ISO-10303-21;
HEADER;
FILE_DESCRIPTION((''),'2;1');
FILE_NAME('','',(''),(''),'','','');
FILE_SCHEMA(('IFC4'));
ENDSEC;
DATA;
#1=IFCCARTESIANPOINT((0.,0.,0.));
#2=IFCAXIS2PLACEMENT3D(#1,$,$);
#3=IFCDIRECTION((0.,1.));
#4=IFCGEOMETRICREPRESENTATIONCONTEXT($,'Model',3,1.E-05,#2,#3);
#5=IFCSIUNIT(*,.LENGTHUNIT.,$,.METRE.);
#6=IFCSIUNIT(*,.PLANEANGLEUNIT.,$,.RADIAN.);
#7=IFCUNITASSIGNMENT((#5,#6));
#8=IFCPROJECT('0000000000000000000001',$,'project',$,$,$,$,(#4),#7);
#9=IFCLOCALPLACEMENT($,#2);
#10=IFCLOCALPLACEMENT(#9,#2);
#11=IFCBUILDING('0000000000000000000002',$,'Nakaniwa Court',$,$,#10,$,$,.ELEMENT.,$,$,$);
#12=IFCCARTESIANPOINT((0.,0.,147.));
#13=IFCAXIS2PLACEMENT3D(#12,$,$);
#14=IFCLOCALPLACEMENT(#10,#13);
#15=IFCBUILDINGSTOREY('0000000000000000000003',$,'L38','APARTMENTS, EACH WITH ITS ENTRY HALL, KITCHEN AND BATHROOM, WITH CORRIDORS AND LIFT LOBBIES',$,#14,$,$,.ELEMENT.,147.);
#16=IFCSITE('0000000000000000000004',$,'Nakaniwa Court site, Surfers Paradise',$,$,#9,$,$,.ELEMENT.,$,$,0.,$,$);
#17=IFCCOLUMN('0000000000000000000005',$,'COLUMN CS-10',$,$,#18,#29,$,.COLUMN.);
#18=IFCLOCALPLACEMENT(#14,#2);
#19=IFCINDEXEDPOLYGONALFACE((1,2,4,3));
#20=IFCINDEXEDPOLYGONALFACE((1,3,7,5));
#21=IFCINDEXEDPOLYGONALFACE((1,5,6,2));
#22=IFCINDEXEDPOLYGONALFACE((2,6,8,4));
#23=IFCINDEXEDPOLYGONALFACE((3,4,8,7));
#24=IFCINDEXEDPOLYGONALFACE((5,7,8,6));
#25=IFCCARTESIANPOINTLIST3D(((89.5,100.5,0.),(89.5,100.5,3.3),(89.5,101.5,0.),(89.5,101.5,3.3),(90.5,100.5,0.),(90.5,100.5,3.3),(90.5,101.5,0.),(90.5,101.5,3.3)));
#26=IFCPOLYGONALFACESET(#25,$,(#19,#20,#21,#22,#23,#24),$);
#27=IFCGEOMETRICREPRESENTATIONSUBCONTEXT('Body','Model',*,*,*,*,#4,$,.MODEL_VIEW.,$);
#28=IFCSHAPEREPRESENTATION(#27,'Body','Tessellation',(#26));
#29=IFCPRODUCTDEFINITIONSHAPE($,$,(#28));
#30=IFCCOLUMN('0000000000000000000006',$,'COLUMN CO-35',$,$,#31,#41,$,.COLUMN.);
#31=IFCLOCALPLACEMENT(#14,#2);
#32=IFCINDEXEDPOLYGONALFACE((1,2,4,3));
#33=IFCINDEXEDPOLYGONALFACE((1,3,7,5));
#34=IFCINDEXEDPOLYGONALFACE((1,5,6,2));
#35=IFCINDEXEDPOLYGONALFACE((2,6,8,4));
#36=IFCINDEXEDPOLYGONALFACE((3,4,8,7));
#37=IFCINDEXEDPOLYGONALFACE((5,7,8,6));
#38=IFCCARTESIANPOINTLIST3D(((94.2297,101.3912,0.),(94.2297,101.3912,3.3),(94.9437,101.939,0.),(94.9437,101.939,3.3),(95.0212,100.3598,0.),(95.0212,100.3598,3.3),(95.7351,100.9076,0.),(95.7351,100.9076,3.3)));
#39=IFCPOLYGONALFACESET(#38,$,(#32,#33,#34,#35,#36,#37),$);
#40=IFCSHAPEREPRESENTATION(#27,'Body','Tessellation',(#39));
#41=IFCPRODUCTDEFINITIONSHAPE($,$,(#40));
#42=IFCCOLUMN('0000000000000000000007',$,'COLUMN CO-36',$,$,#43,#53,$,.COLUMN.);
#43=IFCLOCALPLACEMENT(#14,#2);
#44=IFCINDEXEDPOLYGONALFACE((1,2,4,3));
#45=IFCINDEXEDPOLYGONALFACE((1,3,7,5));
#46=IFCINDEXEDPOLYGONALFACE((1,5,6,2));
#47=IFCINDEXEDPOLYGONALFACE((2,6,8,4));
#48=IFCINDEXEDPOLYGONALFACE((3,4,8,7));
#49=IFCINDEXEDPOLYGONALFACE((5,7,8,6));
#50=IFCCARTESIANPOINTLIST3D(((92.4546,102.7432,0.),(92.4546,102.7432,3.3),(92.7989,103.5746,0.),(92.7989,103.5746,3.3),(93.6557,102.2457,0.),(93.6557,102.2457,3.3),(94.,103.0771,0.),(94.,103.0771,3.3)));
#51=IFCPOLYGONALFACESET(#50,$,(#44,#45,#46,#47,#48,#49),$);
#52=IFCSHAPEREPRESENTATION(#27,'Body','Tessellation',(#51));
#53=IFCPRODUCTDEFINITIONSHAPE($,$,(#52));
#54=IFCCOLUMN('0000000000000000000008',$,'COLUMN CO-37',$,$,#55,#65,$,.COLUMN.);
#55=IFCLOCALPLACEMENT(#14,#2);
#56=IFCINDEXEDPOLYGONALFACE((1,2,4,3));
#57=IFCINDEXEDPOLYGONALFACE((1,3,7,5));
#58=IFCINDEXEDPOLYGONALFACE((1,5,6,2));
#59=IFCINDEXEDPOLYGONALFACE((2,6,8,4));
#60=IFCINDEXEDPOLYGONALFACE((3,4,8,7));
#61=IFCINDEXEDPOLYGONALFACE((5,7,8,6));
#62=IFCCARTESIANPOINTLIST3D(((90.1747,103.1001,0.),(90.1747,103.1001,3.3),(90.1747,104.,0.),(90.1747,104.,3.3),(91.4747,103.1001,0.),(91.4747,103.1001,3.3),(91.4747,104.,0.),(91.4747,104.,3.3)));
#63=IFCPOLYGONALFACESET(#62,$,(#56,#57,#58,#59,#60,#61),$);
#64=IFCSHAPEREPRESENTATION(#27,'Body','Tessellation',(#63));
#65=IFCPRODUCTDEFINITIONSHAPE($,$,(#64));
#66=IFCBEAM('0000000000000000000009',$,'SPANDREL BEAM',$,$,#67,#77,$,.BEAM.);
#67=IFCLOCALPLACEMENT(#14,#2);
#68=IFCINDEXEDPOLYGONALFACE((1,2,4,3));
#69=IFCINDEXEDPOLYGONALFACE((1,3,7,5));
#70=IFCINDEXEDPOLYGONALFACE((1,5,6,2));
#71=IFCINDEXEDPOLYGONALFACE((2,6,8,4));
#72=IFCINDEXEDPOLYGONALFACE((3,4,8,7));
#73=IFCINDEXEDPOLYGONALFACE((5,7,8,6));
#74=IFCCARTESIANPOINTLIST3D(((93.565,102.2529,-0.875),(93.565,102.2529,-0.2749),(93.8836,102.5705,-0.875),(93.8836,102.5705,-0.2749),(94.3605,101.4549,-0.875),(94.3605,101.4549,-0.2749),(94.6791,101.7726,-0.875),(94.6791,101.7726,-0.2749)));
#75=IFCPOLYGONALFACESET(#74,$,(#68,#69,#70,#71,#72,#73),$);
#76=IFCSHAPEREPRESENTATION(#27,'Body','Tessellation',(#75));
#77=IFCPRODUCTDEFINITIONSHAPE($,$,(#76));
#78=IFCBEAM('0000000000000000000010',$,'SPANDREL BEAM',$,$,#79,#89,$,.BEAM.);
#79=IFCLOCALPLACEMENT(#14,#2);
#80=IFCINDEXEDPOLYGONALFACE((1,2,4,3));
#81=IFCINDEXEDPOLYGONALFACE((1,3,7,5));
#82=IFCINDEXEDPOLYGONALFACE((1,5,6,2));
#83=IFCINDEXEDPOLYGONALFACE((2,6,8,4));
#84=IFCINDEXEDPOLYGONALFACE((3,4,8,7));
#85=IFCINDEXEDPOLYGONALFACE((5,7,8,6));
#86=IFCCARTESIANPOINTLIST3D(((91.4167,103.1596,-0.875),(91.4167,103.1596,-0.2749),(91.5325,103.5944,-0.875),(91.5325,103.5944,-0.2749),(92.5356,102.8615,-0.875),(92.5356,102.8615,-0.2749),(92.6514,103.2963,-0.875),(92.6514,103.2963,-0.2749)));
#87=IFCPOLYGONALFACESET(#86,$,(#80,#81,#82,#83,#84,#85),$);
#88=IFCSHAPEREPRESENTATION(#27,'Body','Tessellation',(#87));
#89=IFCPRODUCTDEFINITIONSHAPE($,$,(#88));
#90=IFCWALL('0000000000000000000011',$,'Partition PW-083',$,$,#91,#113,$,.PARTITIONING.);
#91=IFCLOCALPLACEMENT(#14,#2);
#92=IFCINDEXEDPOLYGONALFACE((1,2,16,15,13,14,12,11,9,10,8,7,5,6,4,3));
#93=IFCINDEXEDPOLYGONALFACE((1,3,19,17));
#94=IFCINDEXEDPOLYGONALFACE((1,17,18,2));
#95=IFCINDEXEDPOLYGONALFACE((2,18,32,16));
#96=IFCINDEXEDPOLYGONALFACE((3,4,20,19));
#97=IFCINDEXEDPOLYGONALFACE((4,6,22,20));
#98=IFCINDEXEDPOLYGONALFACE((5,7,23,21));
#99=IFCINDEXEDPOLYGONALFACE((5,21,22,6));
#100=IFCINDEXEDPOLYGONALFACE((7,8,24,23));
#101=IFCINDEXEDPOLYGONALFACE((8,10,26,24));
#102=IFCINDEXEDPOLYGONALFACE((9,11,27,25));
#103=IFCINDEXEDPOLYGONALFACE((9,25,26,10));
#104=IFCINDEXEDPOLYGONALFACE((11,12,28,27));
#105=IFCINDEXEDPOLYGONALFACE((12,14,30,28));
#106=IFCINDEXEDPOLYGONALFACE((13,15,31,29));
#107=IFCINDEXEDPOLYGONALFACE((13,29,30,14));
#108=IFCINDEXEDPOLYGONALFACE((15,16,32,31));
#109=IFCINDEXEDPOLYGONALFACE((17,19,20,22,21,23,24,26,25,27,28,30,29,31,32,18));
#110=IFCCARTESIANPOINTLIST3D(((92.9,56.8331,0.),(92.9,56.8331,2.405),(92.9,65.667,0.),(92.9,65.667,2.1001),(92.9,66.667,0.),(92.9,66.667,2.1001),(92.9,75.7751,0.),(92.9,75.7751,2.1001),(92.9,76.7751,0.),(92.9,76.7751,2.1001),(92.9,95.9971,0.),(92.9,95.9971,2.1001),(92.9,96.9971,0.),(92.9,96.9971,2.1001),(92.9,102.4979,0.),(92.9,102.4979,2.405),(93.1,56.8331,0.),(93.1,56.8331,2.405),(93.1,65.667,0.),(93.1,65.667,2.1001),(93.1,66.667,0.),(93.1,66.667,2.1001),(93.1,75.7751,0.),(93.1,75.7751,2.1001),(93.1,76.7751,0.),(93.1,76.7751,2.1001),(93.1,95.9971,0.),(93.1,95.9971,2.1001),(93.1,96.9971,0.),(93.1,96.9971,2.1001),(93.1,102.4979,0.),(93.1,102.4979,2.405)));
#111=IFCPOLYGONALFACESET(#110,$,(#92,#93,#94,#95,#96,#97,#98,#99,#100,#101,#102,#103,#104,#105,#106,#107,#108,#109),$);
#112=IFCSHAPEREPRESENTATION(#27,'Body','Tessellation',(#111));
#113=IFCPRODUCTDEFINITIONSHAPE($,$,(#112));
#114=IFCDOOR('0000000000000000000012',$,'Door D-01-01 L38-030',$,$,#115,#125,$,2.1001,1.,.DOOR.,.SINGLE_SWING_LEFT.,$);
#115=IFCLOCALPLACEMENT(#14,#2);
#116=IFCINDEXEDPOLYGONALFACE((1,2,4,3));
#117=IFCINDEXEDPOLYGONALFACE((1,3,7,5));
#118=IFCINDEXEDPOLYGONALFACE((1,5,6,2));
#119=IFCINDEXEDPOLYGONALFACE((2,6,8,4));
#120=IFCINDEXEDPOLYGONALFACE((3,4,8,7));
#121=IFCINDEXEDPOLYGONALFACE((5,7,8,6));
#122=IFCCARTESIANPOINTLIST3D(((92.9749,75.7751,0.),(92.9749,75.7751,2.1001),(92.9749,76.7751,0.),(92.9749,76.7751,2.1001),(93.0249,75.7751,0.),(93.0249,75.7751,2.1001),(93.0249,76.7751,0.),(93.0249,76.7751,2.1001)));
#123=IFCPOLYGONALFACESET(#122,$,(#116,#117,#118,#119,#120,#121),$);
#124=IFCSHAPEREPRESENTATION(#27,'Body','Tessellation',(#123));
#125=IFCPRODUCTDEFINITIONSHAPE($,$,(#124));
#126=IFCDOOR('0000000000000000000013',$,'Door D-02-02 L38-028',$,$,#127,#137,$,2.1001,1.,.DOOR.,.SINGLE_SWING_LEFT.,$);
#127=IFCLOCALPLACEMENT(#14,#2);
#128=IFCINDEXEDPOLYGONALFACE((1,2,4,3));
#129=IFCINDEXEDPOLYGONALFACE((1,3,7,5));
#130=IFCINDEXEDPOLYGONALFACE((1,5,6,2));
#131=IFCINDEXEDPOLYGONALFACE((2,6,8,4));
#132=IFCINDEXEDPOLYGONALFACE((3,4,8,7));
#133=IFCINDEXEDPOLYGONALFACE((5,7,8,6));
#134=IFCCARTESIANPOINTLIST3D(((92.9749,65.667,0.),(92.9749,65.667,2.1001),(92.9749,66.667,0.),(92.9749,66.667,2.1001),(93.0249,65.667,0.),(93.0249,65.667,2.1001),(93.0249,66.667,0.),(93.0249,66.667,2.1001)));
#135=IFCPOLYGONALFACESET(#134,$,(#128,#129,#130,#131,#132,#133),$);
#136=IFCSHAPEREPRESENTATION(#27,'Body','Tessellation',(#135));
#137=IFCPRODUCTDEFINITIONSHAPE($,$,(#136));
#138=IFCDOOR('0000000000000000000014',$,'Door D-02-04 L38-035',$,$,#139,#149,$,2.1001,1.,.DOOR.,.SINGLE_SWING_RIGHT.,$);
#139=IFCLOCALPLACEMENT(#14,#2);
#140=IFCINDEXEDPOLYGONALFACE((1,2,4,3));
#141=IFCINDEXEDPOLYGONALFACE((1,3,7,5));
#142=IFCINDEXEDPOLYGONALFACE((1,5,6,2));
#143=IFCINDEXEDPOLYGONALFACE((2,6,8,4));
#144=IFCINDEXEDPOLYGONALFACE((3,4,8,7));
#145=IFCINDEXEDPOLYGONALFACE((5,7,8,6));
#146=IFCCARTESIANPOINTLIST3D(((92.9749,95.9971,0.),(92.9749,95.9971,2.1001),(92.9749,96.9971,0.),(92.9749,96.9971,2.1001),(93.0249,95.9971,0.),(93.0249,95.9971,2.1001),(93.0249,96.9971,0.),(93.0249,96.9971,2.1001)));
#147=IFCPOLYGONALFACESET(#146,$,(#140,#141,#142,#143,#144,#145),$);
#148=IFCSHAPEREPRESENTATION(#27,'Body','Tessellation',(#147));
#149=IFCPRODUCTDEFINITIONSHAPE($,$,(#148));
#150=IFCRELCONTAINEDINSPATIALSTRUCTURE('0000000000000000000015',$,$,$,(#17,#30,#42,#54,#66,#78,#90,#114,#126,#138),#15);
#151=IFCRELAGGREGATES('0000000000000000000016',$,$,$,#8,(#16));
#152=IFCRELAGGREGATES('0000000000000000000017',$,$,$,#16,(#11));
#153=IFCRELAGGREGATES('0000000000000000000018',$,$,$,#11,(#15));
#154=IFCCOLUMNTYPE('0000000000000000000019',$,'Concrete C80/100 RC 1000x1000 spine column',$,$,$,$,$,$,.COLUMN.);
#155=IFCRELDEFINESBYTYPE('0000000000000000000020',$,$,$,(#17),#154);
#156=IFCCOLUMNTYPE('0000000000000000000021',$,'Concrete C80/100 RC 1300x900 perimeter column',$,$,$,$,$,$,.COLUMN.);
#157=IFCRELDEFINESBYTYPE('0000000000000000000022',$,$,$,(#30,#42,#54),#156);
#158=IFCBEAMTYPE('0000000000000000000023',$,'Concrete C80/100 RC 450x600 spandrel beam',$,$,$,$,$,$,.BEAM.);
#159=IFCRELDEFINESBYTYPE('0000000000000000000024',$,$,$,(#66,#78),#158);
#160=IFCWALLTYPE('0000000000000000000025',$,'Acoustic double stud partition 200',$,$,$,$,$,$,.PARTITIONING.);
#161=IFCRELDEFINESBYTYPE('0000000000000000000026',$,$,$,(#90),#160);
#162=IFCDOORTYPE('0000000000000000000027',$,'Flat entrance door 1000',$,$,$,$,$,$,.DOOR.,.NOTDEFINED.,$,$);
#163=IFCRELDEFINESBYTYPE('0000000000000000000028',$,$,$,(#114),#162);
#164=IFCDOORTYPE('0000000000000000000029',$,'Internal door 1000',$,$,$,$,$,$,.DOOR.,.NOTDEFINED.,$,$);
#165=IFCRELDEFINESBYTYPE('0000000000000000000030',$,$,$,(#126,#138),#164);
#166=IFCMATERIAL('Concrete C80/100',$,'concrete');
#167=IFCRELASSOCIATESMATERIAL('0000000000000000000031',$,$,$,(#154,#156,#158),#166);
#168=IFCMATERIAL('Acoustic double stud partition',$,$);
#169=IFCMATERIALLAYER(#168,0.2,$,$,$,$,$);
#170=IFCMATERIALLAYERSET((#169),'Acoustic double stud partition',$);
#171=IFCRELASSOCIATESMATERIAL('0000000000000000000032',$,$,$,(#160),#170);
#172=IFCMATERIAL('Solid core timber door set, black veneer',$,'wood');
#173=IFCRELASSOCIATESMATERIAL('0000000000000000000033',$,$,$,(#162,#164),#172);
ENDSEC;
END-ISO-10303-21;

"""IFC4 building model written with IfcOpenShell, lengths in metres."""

from ifc_helpers import new_model, si_unit, direction, frame, frame_2d, origin, origin_2d, place, context, subcontext, project, spatial, rectangle, extrude, material, layer, layer_set, material_profile, profile_set, type_object, element, fill, save


model = new_model("IFC4")

# Units and contexts
model_context = context("Model", 3, precision=1e-05, world=origin(), true_north=direction((0.0, 1.0)))
body_context = subcontext(model_context, "Body", "Model", "MODEL_VIEW")
ifc_project = project(units=[si_unit("LENGTHUNIT", "METRE"), si_unit("PLANEANGLEUNIT", "RADIAN")], contexts=[model_context])

# Site, building, storey
site_placement = place(None, origin())
site = spatial("IfcSite", under=ifc_project, at=site_placement, Name="Nakaniwa Court site, Surfers Paradise", CompositionType="ELEMENT", RefElevation=0.0)
building_placement = place(site_placement, origin())
building = spatial("IfcBuilding", under=site, at=building_placement, Name="Nakaniwa Court", CompositionType="ELEMENT")
storey_placement = place(building_placement, frame((0.0, 0.0, 147.0)))
storey = spatial("IfcBuildingStorey", under=building, at=storey_placement, Name="L38", Description="APARTMENTS, EACH WITH ITS ENTRY HALL, KITCHEN AND BATHROOM, WITH CORRIDORS AND LIFT LOBBIES", CompositionType="ELEMENT", Elevation=147.0)

# Columns
ifc_material_1 = material(Name="Concrete C80/100", Category="concrete")
ifc_material_profile_1 = material_profile(ifc_material_1, rectangle(XDim=1.0, YDim=1.0, at=origin_2d()), Name="Concrete C80/100 RC 1000x1000 spine column")
ifc_profile_set_1 = profile_set([ifc_material_profile_1], Name="Concrete C80/100")
column_type_1 = type_object("IfcColumnType", Name="Concrete C80/100 RC 1000x1000 spine column", PredefinedType="COLUMN", material=ifc_profile_set_1)
column_placement = place(storey_placement, frame((90.0, 101.0, 0.0), z_axis=(0.0, 0.0, 1.0), x_axis=(0.0, 1.0, 0.0)))
element("IfcColumn", 1, at=column_placement, inside=storey, type_object=column_type_1, Name="COLUMN CS-10", PredefinedType="COLUMN", context=body_context, shape_type="SweptSolid", body=[
    extrude(rectangle(XDim=1.0, YDim=1.0, at=origin_2d()), origin(), (0.0, 0.0, 1.0), 3.3),
])
ifc_material_profile_2 = material_profile(ifc_material_1, rectangle(XDim=1.3, YDim=0.8999, at=origin_2d()), Name="Concrete C80/100 RC 1300x900 perimeter column")
ifc_profile_set_2 = profile_set([ifc_material_profile_2], Name="Concrete C80/100")
column_type_2 = type_object("IfcColumnType", Name="Concrete C80/100 RC 1300x900 perimeter column", PredefinedType="COLUMN", material=ifc_profile_set_2)
for number, where, z_axis, x_axis, name in (
    (2, (94.9824, 101.1494, 0.0), (0.0, 0.0, 1.0), (-0.608761, 0.793353, 0.0), "COLUMN CO-35"),
    (3, (93.2273, 102.9102, 0.0), (0.0, 0.0, 1.0), (-0.92388, 0.382683, 0.0), "COLUMN CO-36"),
    (4, (90.8247, 103.55, 0.0), (0.0, 0.0, 1.0), (-1.0, 0.0, 0.0), "COLUMN CO-37"),
):
    element("IfcColumn", number, at=place(storey_placement, frame(where, z_axis=z_axis, x_axis=x_axis)), inside=storey, type_object=column_type_2, Name=name, PredefinedType="COLUMN", context=body_context, shape_type="SweptSolid", body=[
        extrude(rectangle(XDim=1.3, YDim=0.8999, at=origin_2d()), origin(), (0.0, 0.0, 1.0), 3.3),
    ])

# Beams
ifc_material_profile_3 = material_profile(ifc_material_1, rectangle(XDim=0.45, YDim=0.6001, at=origin_2d()), Name="Concrete C80/100 RC 450x600 spandrel beam")
ifc_profile_set_3 = profile_set([ifc_material_profile_3], Name="Concrete C80/100")
beam_type = type_object("IfcBeamType", Name="Concrete C80/100 RC 450x600 spandrel beam", PredefinedType="BEAM", material=ifc_profile_set_3)
beam_1_placement = place(storey_placement, frame((94.5198, 101.6138, -0.575), z_axis=(-0.706022, 0.708189, 0.0), x_axis=(-0.708189, -0.706022, 0.0)))
element("IfcBeam", 5, at=beam_1_placement, inside=storey, type_object=beam_type, Name="SPANDREL BEAM", PredefinedType="BEAM", context=body_context, shape_type="SweptSolid", body=[
    extrude(rectangle(XDim=0.45, YDim=0.6001, at=origin_2d()), origin(), (0.0, 0.0, 1.0), 1.1267),
])
beam_2_placement = place(storey_placement, frame((92.5935, 103.0789, -0.575), z_axis=(-0.966294, 0.25744, 0.0), x_axis=(-0.25744, -0.966294, 0.0)))
element("IfcBeam", 6, at=beam_2_placement, inside=storey, type_object=beam_type, Name="SPANDREL BEAM", PredefinedType="BEAM", context=body_context, shape_type="SweptSolid", body=[
    extrude(rectangle(XDim=0.45, YDim=0.6001, at=origin_2d()), origin(), (0.0, 0.0, 1.0), 1.158),
])

# Wall, openings, doors
ifc_material_2 = material(Name="Acoustic double stud partition")
ifc_layer_1 = layer(ifc_material_2, 0.2)
ifc_layer_set_1 = layer_set([ifc_layer_1], Name="Acoustic double stud partition")
wall_type_1 = type_object("IfcWallType", Name="Acoustic double stud partition 200", PredefinedType="PARTITIONING", material=ifc_layer_set_1)
wall_1_placement = place(storey_placement, frame((93.0, 102.498, 0.0), z_axis=(0.0, 0.0, 1.0), x_axis=(0.0, -1.0, 0.0)))
wall_1 = element("IfcWall", 7, at=wall_1_placement, inside=storey, type_object=wall_type_1, Name="Partition PW-083", PredefinedType="PARTITIONING", context=body_context, shape_type="SweptSolid", body=[
    extrude(rectangle(XDim=45.6648, YDim=0.2, at=frame_2d((22.8325, 0.0))), origin(), (0.0, 0.0, 1.0), 2.405),
])
opening_1_placement = place(wall_1_placement, frame((35.8311, 0.0, 0.0)))
opening_1 = element("IfcOpeningElement", 8, at=opening_1_placement, cuts=wall_1, PredefinedType="OPENING", context=body_context, shape_type="SweptSolid", body=[
    extrude(rectangle(XDim=1.0, YDim=2.1001, at=frame_2d((0.5, 1.05))), frame((0.0, 0.1099, 0.0), z_axis=(0.0, -1.0, 0.0), x_axis=(1.0, 0.0, 0.0)), (0.0, 0.0, 1.0), 0.22),
])
opening_2_placement = place(wall_1_placement, frame((25.7229, 0.0, 0.0)))
opening_2 = element("IfcOpeningElement", 9, at=opening_2_placement, cuts=wall_1, PredefinedType="OPENING", context=body_context, shape_type="SweptSolid", body=[
    extrude(rectangle(XDim=1.0, YDim=2.1001, at=frame_2d((0.5, 1.05))), frame((0.0, 0.1099, 0.0), z_axis=(0.0, -1.0, 0.0), x_axis=(1.0, 0.0, 0.0)), (0.0, 0.0, 1.0), 0.22),
])
opening_3_placement = place(wall_1_placement, frame((5.501, 0.0, 0.0)))
opening_3 = element("IfcOpeningElement", 10, at=opening_3_placement, cuts=wall_1, PredefinedType="OPENING", context=body_context, shape_type="SweptSolid", body=[
    extrude(rectangle(XDim=1.0, YDim=2.1001, at=frame_2d((0.5, 1.05))), frame((0.0, 0.1099, 0.0), z_axis=(0.0, -1.0, 0.0), x_axis=(1.0, 0.0, 0.0)), (0.0, 0.0, 1.0), 0.22),
])
ifc_material_3 = material(Name="Solid core timber door set, black veneer", Category="wood")
door_type_1 = type_object("IfcDoorType", Name="Flat entrance door 1000", OperationType="NOTDEFINED", PredefinedType="DOOR", material=ifc_material_3)
door_1_placement = place(opening_2_placement, origin())
door_1 = element("IfcDoor", 11, at=door_1_placement, inside=storey, type_object=door_type_1, Name="Door D-01-01 L38-030", OperationType="SINGLE_SWING_LEFT", OverallHeight=2.1001, OverallWidth=1.0, PredefinedType="DOOR", context=body_context, shape_type="SweptSolid", body=[
    extrude(rectangle(XDim=1.0, YDim=2.1001, at=frame_2d((0.5, 1.05))), frame((0.0, 0.0249, 0.0), z_axis=(0.0, -1.0, 0.0), x_axis=(1.0, 0.0, 0.0)), (0.0, 0.0, 1.0), 0.05),
])
fill(opening_2, door_1)
door_type_2 = type_object("IfcDoorType", Name="Internal door 1000", OperationType="NOTDEFINED", PredefinedType="DOOR", material=ifc_material_3)
door_2_placement = place(opening_1_placement, origin())
door_2 = element("IfcDoor", 12, at=door_2_placement, inside=storey, type_object=door_type_2, Name="Door D-02-02 L38-028", OperationType="SINGLE_SWING_LEFT", OverallHeight=2.1001, OverallWidth=1.0, PredefinedType="DOOR", context=body_context, shape_type="SweptSolid", body=[
    extrude(rectangle(XDim=1.0, YDim=2.1001, at=frame_2d((0.5, 1.05))), frame((0.0, 0.0249, 0.0), z_axis=(0.0, -1.0, 0.0), x_axis=(1.0, 0.0, 0.0)), (0.0, 0.0, 1.0), 0.05),
])
fill(opening_1, door_2)
door_3_placement = place(opening_3_placement, origin())
door_3 = element("IfcDoor", 13, at=door_3_placement, inside=storey, type_object=door_type_2, Name="Door D-02-04 L38-035", OperationType="SINGLE_SWING_RIGHT", OverallHeight=2.1001, OverallWidth=1.0, PredefinedType="DOOR", context=body_context, shape_type="SweptSolid", body=[
    extrude(rectangle(XDim=1.0, YDim=2.1001, at=frame_2d((0.5, 1.05))), frame((0.0, 0.0249, 0.0), z_axis=(0.0, -1.0, 0.0), x_axis=(1.0, 0.0, 0.0)), (0.0, 0.0, 1.0), 0.05),
])
fill(opening_3, door_3)

save(model, "model.ifc")
